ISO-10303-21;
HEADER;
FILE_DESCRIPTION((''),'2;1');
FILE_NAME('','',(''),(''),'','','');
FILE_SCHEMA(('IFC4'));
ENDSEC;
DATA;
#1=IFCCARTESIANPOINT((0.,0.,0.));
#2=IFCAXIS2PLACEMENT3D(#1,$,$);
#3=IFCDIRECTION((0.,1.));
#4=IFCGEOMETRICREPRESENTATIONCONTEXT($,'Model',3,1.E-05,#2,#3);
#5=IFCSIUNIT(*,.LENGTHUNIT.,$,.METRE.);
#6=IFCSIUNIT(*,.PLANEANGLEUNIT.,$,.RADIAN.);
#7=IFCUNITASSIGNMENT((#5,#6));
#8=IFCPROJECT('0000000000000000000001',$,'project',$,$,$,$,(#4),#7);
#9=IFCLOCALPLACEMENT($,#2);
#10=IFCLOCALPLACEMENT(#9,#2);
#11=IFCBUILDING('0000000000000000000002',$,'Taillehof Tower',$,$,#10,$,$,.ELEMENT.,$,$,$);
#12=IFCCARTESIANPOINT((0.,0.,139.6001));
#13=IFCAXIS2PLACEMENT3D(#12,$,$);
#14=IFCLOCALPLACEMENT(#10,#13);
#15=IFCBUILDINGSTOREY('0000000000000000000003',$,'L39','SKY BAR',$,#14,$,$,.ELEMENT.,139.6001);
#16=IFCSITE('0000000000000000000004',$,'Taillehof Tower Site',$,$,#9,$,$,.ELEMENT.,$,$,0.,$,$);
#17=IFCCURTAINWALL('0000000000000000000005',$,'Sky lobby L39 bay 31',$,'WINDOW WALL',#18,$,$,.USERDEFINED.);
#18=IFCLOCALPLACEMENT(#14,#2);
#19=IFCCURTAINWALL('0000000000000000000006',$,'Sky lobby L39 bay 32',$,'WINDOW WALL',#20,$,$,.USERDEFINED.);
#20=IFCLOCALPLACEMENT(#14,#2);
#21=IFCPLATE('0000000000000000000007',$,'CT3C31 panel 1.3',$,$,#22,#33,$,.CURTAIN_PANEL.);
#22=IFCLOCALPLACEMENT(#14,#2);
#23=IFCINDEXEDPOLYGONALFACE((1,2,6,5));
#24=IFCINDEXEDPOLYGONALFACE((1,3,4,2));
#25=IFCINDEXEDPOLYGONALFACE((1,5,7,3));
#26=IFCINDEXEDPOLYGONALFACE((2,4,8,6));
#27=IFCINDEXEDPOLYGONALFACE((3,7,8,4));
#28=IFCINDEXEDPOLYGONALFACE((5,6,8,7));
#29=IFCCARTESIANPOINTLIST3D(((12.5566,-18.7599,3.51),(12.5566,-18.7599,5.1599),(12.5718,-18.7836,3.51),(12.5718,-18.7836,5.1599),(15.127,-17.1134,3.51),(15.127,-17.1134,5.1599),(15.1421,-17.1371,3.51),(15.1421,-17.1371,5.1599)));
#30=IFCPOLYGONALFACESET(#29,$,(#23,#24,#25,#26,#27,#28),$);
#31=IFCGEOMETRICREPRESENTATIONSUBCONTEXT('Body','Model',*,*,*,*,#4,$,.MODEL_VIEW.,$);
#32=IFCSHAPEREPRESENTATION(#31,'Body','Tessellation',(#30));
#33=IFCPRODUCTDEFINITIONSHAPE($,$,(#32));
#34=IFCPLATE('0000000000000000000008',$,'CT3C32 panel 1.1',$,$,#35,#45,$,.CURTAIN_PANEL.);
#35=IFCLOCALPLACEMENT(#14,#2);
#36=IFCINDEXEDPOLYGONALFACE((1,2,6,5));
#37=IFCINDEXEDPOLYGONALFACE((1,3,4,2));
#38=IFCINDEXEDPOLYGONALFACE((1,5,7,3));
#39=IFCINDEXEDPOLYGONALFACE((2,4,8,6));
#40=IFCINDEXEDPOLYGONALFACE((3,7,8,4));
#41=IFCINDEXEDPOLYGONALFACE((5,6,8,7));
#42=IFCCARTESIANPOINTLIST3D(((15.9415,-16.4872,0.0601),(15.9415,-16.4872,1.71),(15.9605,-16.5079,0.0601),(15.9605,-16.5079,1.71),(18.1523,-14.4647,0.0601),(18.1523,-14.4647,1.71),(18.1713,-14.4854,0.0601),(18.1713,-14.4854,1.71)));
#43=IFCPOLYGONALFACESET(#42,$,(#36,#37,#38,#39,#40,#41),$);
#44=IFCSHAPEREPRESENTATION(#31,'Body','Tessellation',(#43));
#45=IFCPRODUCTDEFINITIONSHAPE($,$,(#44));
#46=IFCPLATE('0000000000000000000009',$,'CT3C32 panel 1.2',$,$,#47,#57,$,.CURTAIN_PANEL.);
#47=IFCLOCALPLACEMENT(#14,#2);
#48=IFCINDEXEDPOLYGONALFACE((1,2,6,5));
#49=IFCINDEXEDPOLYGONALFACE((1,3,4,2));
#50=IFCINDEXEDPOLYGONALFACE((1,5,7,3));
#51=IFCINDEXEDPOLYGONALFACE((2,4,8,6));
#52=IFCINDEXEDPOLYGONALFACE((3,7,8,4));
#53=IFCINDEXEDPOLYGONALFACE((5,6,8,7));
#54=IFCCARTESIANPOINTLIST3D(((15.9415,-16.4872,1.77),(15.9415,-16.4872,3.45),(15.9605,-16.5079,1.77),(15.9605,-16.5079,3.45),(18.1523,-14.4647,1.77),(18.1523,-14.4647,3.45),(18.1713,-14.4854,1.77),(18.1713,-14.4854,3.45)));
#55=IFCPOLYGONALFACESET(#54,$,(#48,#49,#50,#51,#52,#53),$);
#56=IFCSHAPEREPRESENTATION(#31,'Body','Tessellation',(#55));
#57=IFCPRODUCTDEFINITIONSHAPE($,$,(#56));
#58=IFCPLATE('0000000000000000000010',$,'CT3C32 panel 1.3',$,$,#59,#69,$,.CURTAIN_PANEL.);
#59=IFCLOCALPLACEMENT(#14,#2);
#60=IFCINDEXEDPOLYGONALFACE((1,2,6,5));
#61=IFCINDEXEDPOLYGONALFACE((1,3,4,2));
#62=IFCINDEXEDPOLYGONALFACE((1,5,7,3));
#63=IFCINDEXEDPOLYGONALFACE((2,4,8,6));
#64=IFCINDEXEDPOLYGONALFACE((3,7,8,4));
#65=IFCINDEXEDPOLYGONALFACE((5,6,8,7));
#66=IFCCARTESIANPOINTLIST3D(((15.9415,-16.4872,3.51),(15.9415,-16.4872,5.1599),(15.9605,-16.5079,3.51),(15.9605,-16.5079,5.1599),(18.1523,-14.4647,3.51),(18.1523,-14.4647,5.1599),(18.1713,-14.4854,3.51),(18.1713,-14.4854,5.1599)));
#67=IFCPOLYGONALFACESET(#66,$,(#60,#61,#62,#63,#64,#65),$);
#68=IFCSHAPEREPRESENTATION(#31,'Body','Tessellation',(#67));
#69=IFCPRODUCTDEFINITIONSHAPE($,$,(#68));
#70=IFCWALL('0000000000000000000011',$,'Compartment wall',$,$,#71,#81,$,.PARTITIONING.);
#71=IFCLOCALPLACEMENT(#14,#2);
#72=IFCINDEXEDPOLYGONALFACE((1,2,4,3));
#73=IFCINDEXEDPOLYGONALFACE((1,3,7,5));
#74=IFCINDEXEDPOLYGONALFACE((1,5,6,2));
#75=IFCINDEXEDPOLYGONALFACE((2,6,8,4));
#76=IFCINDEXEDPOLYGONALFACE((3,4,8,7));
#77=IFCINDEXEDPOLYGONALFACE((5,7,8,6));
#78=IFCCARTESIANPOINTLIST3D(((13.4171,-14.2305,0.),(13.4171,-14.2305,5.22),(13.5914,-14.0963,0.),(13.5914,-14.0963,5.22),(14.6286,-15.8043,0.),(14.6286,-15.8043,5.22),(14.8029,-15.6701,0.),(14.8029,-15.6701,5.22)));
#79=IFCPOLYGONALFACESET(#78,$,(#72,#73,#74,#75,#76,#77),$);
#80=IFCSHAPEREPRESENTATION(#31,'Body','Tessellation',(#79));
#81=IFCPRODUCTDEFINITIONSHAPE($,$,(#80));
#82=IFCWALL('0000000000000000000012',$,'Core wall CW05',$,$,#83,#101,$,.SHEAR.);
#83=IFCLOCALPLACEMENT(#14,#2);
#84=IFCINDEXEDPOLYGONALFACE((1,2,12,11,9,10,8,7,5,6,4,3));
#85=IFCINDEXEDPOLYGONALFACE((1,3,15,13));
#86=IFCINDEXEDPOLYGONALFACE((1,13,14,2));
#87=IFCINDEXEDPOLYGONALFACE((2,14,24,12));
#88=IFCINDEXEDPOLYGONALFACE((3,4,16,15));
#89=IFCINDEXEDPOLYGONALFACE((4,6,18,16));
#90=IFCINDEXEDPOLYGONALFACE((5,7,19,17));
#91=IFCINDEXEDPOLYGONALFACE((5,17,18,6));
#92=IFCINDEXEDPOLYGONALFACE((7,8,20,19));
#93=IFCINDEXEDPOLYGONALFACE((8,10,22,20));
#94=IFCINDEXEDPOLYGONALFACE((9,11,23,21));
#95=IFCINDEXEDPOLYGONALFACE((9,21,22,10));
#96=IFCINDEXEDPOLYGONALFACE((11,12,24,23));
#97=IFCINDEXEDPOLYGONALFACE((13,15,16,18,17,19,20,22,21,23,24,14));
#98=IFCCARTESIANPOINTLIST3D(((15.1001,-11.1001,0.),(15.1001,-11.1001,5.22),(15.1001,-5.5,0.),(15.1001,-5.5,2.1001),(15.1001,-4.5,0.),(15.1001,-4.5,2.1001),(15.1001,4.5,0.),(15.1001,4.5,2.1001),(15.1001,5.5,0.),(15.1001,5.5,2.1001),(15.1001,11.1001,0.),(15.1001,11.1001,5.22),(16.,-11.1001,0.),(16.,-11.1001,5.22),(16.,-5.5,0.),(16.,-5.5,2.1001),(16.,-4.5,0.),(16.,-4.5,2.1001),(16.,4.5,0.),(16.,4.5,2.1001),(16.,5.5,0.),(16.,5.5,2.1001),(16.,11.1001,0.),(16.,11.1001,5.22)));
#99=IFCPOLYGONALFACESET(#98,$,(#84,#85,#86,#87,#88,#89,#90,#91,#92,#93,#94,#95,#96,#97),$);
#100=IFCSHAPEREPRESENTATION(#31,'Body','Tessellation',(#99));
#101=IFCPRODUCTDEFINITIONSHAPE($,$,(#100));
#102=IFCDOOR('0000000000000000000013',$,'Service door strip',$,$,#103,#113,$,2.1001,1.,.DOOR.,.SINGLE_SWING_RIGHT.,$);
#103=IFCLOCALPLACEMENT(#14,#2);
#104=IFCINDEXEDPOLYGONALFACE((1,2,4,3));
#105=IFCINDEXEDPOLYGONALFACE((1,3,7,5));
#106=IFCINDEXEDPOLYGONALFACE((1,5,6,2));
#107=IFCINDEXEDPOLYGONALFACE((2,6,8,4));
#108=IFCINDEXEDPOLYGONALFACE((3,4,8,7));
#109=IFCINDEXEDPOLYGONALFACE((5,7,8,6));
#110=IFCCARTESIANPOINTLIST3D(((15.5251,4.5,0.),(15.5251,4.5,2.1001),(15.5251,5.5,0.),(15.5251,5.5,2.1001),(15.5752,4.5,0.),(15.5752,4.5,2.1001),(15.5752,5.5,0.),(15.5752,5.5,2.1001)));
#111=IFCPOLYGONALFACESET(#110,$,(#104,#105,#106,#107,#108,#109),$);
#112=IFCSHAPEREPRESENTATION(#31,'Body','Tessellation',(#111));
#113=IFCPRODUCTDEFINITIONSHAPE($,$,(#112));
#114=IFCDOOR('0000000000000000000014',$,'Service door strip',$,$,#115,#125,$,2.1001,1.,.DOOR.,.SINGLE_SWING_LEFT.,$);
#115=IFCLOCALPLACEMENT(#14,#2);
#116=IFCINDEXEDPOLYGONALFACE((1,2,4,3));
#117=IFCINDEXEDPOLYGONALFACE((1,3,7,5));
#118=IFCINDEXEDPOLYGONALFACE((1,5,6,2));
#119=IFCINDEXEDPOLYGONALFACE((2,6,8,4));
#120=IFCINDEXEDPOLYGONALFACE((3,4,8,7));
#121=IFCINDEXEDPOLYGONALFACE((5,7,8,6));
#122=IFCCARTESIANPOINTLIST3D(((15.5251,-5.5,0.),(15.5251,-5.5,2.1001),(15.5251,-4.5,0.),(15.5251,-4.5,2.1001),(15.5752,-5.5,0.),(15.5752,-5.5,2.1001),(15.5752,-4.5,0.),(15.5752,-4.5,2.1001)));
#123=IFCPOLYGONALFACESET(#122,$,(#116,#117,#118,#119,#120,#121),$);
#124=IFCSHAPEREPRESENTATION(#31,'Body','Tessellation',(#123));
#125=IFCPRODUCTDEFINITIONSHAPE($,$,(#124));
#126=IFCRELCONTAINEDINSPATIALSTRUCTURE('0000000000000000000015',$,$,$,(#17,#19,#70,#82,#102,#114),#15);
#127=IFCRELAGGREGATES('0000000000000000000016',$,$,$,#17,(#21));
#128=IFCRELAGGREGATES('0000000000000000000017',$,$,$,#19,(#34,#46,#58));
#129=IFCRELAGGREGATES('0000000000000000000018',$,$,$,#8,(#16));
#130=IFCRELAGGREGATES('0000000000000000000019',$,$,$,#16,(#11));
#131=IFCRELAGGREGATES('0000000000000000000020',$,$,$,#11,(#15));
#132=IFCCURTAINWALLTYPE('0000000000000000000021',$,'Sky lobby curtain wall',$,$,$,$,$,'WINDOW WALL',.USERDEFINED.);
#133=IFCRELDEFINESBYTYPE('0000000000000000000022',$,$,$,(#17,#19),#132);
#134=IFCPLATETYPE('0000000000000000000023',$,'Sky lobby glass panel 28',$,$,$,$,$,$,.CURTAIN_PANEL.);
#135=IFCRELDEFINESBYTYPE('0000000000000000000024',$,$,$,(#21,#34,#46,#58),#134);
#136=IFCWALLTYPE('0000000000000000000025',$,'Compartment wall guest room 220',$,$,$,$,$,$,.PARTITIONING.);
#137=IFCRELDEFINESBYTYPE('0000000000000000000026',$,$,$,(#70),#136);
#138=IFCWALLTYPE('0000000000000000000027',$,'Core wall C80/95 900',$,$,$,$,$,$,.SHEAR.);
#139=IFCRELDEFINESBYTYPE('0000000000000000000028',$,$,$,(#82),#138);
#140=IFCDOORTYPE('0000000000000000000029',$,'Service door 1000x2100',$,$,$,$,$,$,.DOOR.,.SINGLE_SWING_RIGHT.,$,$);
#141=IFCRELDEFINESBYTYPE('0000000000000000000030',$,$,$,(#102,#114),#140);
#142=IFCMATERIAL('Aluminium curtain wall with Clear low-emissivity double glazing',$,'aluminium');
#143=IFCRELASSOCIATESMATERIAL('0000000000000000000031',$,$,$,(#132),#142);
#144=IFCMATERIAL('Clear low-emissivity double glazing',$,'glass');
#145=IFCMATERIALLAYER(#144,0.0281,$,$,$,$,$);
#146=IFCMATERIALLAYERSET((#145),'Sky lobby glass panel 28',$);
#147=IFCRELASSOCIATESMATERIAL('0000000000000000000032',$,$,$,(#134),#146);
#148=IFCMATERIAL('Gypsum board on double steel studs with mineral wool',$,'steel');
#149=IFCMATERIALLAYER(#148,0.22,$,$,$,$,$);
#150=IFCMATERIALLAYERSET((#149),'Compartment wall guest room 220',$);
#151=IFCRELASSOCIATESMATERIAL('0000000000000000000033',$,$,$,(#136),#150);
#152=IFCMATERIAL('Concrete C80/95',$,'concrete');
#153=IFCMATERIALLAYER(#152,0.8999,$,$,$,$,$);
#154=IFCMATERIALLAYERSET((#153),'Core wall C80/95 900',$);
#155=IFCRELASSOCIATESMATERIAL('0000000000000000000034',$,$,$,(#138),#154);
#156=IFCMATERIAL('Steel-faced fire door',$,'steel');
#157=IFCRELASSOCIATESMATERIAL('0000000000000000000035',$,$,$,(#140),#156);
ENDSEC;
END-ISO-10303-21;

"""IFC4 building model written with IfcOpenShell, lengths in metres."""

from ifc_helpers import new_model, si_unit, direction, frame, frame_2d, origin, origin_2d, place, context, subcontext, project, spatial, rectangle, extrude, material, layer, layer_set, type_object, element, fill, aggregate, save


model = new_model("IFC4")

# Units and contexts
model_context = context("Model", 3, precision=1e-05, world=origin(), true_north=direction((0.0, 1.0)))
body_context = subcontext(model_context, "Body", "Model", "MODEL_VIEW")
ifc_project = project(units=[si_unit("LENGTHUNIT", "METRE"), si_unit("PLANEANGLEUNIT", "RADIAN")], contexts=[model_context])

# Site, building, storey
site_placement = place(None, origin())
site = spatial("IfcSite", under=ifc_project, at=site_placement, Name="Taillehof Tower Site", CompositionType="ELEMENT", RefElevation=0.0)
building_placement = place(site_placement, origin())
building = spatial("IfcBuilding", under=site, at=building_placement, Name="Taillehof Tower", CompositionType="ELEMENT")
storey_placement = place(building_placement, frame((0.0, 0.0, 139.6001)))
storey = spatial("IfcBuildingStorey", under=building, at=storey_placement, Name="L39", Description="SKY BAR", CompositionType="ELEMENT", Elevation=139.6001)

# Curtain walls
ifc_material_1 = material(Name="Aluminium curtain wall with Clear low-emissivity double glazing", Category="aluminium")
curtain_wall_type = type_object("IfcCurtainWallType", Name="Sky lobby curtain wall", ElementType="WINDOW WALL", PredefinedType="USERDEFINED", material=ifc_material_1)
curtain_wall_1_placement = place(storey_placement, origin())
curtain_wall_1 = element("IfcCurtainWall", 1, at=curtain_wall_1_placement, inside=storey, type_object=curtain_wall_type, Name="Sky lobby L39 bay 31", ObjectType="WINDOW WALL", PredefinedType="USERDEFINED")
curtain_wall_2_placement = place(storey_placement, origin())
curtain_wall_2 = element("IfcCurtainWall", 2, at=curtain_wall_2_placement, inside=storey, type_object=curtain_wall_type, Name="Sky lobby L39 bay 32", ObjectType="WINDOW WALL", PredefinedType="USERDEFINED")

# Plates
ifc_material_2 = material(Name="Clear low-emissivity double glazing", Category="glass")
ifc_layer_1 = layer(ifc_material_2, 0.0281)
ifc_layer_set_1 = layer_set([ifc_layer_1], Name="Sky lobby glass panel 28")
plate_type = type_object("IfcPlateType", Name="Sky lobby glass panel 28", PredefinedType="CURTAIN_PANEL", material=ifc_layer_set_1)
plate_1_placement = place(storey_placement, frame((13.8494, -17.9485, 3.51), z_axis=(0.0, 0.0, 1.0), x_axis=(0.842053, 0.539394, 0.0)))
plate_1 = element("IfcPlate", 3, at=plate_1_placement, type_object=plate_type, Name="CT3C31 panel 1.3", PredefinedType="CURTAIN_PANEL", context=body_context, shape_type="SweptSolid", body=[
    extrude(rectangle(XDim=3.0525, YDim=0.0281, at=origin_2d()), origin(), (0.0, 0.0, 1.0), 1.6499),
])
aggregate(curtain_wall_1, [plate_1])
plate_2_placement = place(storey_placement, frame((17.0564, -15.4863, 0.0601), z_axis=(0.0, 0.0, 1.0), x_axis=(0.737827, 0.67499, 0.0)))
plate_2 = element("IfcPlate", 4, at=plate_2_placement, type_object=plate_type, Name="CT3C32 panel 1.1", PredefinedType="CURTAIN_PANEL", context=body_context, shape_type="SweptSolid", body=[
    extrude(rectangle(XDim=2.9963, YDim=0.0281, at=origin_2d()), origin(), (0.0, 0.0, 1.0), 1.6499),
])
plate_3_placement = place(storey_placement, frame((17.0564, -15.4863, 1.77), z_axis=(0.0, 0.0, 1.0), x_axis=(0.737827, 0.67499, 0.0)))
plate_3 = element("IfcPlate", 5, at=plate_3_placement, type_object=plate_type, Name="CT3C32 panel 1.2", PredefinedType="CURTAIN_PANEL", context=body_context, shape_type="SweptSolid", body=[
    extrude(rectangle(XDim=2.9963, YDim=0.0281, at=origin_2d()), origin(), (0.0, 0.0, 1.0), 1.6799),
])
plate_4_placement = place(storey_placement, frame((17.0564, -15.4863, 3.51), z_axis=(0.0, 0.0, 1.0), x_axis=(0.737827, 0.67499, 0.0)))
plate_4 = element("IfcPlate", 6, at=plate_4_placement, type_object=plate_type, Name="CT3C32 panel 1.3", PredefinedType="CURTAIN_PANEL", context=body_context, shape_type="SweptSolid", body=[
    extrude(rectangle(XDim=2.9963, YDim=0.0281, at=origin_2d()), origin(), (0.0, 0.0, 1.0), 1.6499),
])
aggregate(curtain_wall_2, [plate_2, plate_3, plate_4])

# Wall
ifc_material_3 = material(Name="Gypsum board on double steel studs with mineral wool", Category="steel")
ifc_layer_2 = layer(ifc_material_3, 0.22)
ifc_layer_set_2 = layer_set([ifc_layer_2], Name="Compartment wall guest room 220")
wall_type_1 = type_object("IfcWallType", Name="Compartment wall guest room 220", PredefinedType="PARTITIONING", material=ifc_layer_set_2)
wall_1_placement = place(storey_placement, frame((14.7158, -15.7373, 0.0), z_axis=(0.0, 0.0, 1.0), x_axis=(-0.609984, 0.792414, 0.0)))
element("IfcWall", 7, at=wall_1_placement, inside=storey, type_object=wall_type_1, Name="Compartment wall", PredefinedType="PARTITIONING", context=body_context, shape_type="SweptSolid", body=[
    extrude(rectangle(XDim=1.9861, YDim=0.22, at=frame_2d((0.9932, 0.0))), origin(), (0.0, 0.0, 1.0), 5.22),
])

# Wall, openings, doors
ifc_material_4 = material(Name="Concrete C80/95", Category="concrete")
ifc_layer_3 = layer(ifc_material_4, 0.8999)
ifc_layer_set_3 = layer_set([ifc_layer_3], Name="Core wall C80/95 900")
wall_type_2 = type_object("IfcWallType", Name="Core wall C80/95 900", PredefinedType="SHEAR", material=ifc_layer_set_3)
wall_2_placement = place(storey_placement, frame((15.55, -11.1001, 0.0), z_axis=(0.0, 0.0, 1.0), x_axis=(0.0, 1.0, 0.0)))
wall_2 = element("IfcWall", 8, at=wall_2_placement, inside=storey, type_object=wall_type_2, Name="Core wall CW05", PredefinedType="SHEAR", context=body_context, shape_type="SweptSolid", body=[
    extrude(rectangle(XDim=22.2002, YDim=0.8999, at=frame_2d((11.1001, 0.0))), origin(), (0.0, 0.0, 1.0), 5.22),
])
opening_1_placement = place(wall_2_placement, frame((15.6001, 0.0, 0.0)))
opening_1 = element("IfcOpeningElement", 9, at=opening_1_placement, cuts=wall_2, PredefinedType="OPENING", context=body_context, shape_type="SweptSolid", body=[
    extrude(rectangle(XDim=1.0, YDim=2.1001, at=frame_2d((0.5, 1.05))), frame((0.0, 0.46, 0.0), z_axis=(0.0, -1.0, 0.0), x_axis=(1.0, 0.0, 0.0)), (0.0, 0.0, 1.0), 0.9199),
])
opening_2_placement = place(wall_2_placement, frame((5.6001, 0.0, 0.0)))
opening_2 = element("IfcOpeningElement", 10, at=opening_2_placement, cuts=wall_2, PredefinedType="OPENING", context=body_context, shape_type="SweptSolid", body=[
    extrude(rectangle(XDim=1.0, YDim=2.1001, at=frame_2d((0.5, 1.05))), frame((0.0, 0.46, 0.0), z_axis=(0.0, -1.0, 0.0), x_axis=(1.0, 0.0, 0.0)), (0.0, 0.0, 1.0), 0.9199),
])
ifc_material_5 = material(Name="Steel-faced fire door", Category="steel")
door_type = type_object("IfcDoorType", Name="Service door 1000x2100", OperationType="SINGLE_SWING_RIGHT", PredefinedType="DOOR", material=ifc_material_5)
door_1_placement = place(opening_1_placement, origin())
door_1 = element("IfcDoor", 11, at=door_1_placement, inside=storey, type_object=door_type, Name="Service door strip", OperationType="SINGLE_SWING_RIGHT", OverallHeight=2.1001, OverallWidth=1.0, PredefinedType="DOOR", context=body_context, shape_type="SweptSolid", body=[
    extrude(rectangle(XDim=1.0, YDim=2.1001, at=frame_2d((0.5, 1.05))), frame((0.0, 0.0249, 0.0), z_axis=(0.0, -1.0, 0.0), x_axis=(1.0, 0.0, 0.0)), (0.0, 0.0, 1.0), 0.05),
])
fill(opening_1, door_1)
door_2_placement = place(opening_2_placement, origin())
door_2 = element("IfcDoor", 12, at=door_2_placement, inside=storey, type_object=door_type, Name="Service door strip", OperationType="SINGLE_SWING_LEFT", OverallHeight=2.1001, OverallWidth=1.0, PredefinedType="DOOR", context=body_context, shape_type="SweptSolid", body=[
    extrude(rectangle(XDim=1.0, YDim=2.1001, at=frame_2d((0.5, 1.05))), frame((0.0, 0.0249, 0.0), z_axis=(0.0, -1.0, 0.0), x_axis=(1.0, 0.0, 0.0)), (0.0, 0.0, 1.0), 0.05),
])
fill(opening_2, door_2)

save(model, "model.ifc")
